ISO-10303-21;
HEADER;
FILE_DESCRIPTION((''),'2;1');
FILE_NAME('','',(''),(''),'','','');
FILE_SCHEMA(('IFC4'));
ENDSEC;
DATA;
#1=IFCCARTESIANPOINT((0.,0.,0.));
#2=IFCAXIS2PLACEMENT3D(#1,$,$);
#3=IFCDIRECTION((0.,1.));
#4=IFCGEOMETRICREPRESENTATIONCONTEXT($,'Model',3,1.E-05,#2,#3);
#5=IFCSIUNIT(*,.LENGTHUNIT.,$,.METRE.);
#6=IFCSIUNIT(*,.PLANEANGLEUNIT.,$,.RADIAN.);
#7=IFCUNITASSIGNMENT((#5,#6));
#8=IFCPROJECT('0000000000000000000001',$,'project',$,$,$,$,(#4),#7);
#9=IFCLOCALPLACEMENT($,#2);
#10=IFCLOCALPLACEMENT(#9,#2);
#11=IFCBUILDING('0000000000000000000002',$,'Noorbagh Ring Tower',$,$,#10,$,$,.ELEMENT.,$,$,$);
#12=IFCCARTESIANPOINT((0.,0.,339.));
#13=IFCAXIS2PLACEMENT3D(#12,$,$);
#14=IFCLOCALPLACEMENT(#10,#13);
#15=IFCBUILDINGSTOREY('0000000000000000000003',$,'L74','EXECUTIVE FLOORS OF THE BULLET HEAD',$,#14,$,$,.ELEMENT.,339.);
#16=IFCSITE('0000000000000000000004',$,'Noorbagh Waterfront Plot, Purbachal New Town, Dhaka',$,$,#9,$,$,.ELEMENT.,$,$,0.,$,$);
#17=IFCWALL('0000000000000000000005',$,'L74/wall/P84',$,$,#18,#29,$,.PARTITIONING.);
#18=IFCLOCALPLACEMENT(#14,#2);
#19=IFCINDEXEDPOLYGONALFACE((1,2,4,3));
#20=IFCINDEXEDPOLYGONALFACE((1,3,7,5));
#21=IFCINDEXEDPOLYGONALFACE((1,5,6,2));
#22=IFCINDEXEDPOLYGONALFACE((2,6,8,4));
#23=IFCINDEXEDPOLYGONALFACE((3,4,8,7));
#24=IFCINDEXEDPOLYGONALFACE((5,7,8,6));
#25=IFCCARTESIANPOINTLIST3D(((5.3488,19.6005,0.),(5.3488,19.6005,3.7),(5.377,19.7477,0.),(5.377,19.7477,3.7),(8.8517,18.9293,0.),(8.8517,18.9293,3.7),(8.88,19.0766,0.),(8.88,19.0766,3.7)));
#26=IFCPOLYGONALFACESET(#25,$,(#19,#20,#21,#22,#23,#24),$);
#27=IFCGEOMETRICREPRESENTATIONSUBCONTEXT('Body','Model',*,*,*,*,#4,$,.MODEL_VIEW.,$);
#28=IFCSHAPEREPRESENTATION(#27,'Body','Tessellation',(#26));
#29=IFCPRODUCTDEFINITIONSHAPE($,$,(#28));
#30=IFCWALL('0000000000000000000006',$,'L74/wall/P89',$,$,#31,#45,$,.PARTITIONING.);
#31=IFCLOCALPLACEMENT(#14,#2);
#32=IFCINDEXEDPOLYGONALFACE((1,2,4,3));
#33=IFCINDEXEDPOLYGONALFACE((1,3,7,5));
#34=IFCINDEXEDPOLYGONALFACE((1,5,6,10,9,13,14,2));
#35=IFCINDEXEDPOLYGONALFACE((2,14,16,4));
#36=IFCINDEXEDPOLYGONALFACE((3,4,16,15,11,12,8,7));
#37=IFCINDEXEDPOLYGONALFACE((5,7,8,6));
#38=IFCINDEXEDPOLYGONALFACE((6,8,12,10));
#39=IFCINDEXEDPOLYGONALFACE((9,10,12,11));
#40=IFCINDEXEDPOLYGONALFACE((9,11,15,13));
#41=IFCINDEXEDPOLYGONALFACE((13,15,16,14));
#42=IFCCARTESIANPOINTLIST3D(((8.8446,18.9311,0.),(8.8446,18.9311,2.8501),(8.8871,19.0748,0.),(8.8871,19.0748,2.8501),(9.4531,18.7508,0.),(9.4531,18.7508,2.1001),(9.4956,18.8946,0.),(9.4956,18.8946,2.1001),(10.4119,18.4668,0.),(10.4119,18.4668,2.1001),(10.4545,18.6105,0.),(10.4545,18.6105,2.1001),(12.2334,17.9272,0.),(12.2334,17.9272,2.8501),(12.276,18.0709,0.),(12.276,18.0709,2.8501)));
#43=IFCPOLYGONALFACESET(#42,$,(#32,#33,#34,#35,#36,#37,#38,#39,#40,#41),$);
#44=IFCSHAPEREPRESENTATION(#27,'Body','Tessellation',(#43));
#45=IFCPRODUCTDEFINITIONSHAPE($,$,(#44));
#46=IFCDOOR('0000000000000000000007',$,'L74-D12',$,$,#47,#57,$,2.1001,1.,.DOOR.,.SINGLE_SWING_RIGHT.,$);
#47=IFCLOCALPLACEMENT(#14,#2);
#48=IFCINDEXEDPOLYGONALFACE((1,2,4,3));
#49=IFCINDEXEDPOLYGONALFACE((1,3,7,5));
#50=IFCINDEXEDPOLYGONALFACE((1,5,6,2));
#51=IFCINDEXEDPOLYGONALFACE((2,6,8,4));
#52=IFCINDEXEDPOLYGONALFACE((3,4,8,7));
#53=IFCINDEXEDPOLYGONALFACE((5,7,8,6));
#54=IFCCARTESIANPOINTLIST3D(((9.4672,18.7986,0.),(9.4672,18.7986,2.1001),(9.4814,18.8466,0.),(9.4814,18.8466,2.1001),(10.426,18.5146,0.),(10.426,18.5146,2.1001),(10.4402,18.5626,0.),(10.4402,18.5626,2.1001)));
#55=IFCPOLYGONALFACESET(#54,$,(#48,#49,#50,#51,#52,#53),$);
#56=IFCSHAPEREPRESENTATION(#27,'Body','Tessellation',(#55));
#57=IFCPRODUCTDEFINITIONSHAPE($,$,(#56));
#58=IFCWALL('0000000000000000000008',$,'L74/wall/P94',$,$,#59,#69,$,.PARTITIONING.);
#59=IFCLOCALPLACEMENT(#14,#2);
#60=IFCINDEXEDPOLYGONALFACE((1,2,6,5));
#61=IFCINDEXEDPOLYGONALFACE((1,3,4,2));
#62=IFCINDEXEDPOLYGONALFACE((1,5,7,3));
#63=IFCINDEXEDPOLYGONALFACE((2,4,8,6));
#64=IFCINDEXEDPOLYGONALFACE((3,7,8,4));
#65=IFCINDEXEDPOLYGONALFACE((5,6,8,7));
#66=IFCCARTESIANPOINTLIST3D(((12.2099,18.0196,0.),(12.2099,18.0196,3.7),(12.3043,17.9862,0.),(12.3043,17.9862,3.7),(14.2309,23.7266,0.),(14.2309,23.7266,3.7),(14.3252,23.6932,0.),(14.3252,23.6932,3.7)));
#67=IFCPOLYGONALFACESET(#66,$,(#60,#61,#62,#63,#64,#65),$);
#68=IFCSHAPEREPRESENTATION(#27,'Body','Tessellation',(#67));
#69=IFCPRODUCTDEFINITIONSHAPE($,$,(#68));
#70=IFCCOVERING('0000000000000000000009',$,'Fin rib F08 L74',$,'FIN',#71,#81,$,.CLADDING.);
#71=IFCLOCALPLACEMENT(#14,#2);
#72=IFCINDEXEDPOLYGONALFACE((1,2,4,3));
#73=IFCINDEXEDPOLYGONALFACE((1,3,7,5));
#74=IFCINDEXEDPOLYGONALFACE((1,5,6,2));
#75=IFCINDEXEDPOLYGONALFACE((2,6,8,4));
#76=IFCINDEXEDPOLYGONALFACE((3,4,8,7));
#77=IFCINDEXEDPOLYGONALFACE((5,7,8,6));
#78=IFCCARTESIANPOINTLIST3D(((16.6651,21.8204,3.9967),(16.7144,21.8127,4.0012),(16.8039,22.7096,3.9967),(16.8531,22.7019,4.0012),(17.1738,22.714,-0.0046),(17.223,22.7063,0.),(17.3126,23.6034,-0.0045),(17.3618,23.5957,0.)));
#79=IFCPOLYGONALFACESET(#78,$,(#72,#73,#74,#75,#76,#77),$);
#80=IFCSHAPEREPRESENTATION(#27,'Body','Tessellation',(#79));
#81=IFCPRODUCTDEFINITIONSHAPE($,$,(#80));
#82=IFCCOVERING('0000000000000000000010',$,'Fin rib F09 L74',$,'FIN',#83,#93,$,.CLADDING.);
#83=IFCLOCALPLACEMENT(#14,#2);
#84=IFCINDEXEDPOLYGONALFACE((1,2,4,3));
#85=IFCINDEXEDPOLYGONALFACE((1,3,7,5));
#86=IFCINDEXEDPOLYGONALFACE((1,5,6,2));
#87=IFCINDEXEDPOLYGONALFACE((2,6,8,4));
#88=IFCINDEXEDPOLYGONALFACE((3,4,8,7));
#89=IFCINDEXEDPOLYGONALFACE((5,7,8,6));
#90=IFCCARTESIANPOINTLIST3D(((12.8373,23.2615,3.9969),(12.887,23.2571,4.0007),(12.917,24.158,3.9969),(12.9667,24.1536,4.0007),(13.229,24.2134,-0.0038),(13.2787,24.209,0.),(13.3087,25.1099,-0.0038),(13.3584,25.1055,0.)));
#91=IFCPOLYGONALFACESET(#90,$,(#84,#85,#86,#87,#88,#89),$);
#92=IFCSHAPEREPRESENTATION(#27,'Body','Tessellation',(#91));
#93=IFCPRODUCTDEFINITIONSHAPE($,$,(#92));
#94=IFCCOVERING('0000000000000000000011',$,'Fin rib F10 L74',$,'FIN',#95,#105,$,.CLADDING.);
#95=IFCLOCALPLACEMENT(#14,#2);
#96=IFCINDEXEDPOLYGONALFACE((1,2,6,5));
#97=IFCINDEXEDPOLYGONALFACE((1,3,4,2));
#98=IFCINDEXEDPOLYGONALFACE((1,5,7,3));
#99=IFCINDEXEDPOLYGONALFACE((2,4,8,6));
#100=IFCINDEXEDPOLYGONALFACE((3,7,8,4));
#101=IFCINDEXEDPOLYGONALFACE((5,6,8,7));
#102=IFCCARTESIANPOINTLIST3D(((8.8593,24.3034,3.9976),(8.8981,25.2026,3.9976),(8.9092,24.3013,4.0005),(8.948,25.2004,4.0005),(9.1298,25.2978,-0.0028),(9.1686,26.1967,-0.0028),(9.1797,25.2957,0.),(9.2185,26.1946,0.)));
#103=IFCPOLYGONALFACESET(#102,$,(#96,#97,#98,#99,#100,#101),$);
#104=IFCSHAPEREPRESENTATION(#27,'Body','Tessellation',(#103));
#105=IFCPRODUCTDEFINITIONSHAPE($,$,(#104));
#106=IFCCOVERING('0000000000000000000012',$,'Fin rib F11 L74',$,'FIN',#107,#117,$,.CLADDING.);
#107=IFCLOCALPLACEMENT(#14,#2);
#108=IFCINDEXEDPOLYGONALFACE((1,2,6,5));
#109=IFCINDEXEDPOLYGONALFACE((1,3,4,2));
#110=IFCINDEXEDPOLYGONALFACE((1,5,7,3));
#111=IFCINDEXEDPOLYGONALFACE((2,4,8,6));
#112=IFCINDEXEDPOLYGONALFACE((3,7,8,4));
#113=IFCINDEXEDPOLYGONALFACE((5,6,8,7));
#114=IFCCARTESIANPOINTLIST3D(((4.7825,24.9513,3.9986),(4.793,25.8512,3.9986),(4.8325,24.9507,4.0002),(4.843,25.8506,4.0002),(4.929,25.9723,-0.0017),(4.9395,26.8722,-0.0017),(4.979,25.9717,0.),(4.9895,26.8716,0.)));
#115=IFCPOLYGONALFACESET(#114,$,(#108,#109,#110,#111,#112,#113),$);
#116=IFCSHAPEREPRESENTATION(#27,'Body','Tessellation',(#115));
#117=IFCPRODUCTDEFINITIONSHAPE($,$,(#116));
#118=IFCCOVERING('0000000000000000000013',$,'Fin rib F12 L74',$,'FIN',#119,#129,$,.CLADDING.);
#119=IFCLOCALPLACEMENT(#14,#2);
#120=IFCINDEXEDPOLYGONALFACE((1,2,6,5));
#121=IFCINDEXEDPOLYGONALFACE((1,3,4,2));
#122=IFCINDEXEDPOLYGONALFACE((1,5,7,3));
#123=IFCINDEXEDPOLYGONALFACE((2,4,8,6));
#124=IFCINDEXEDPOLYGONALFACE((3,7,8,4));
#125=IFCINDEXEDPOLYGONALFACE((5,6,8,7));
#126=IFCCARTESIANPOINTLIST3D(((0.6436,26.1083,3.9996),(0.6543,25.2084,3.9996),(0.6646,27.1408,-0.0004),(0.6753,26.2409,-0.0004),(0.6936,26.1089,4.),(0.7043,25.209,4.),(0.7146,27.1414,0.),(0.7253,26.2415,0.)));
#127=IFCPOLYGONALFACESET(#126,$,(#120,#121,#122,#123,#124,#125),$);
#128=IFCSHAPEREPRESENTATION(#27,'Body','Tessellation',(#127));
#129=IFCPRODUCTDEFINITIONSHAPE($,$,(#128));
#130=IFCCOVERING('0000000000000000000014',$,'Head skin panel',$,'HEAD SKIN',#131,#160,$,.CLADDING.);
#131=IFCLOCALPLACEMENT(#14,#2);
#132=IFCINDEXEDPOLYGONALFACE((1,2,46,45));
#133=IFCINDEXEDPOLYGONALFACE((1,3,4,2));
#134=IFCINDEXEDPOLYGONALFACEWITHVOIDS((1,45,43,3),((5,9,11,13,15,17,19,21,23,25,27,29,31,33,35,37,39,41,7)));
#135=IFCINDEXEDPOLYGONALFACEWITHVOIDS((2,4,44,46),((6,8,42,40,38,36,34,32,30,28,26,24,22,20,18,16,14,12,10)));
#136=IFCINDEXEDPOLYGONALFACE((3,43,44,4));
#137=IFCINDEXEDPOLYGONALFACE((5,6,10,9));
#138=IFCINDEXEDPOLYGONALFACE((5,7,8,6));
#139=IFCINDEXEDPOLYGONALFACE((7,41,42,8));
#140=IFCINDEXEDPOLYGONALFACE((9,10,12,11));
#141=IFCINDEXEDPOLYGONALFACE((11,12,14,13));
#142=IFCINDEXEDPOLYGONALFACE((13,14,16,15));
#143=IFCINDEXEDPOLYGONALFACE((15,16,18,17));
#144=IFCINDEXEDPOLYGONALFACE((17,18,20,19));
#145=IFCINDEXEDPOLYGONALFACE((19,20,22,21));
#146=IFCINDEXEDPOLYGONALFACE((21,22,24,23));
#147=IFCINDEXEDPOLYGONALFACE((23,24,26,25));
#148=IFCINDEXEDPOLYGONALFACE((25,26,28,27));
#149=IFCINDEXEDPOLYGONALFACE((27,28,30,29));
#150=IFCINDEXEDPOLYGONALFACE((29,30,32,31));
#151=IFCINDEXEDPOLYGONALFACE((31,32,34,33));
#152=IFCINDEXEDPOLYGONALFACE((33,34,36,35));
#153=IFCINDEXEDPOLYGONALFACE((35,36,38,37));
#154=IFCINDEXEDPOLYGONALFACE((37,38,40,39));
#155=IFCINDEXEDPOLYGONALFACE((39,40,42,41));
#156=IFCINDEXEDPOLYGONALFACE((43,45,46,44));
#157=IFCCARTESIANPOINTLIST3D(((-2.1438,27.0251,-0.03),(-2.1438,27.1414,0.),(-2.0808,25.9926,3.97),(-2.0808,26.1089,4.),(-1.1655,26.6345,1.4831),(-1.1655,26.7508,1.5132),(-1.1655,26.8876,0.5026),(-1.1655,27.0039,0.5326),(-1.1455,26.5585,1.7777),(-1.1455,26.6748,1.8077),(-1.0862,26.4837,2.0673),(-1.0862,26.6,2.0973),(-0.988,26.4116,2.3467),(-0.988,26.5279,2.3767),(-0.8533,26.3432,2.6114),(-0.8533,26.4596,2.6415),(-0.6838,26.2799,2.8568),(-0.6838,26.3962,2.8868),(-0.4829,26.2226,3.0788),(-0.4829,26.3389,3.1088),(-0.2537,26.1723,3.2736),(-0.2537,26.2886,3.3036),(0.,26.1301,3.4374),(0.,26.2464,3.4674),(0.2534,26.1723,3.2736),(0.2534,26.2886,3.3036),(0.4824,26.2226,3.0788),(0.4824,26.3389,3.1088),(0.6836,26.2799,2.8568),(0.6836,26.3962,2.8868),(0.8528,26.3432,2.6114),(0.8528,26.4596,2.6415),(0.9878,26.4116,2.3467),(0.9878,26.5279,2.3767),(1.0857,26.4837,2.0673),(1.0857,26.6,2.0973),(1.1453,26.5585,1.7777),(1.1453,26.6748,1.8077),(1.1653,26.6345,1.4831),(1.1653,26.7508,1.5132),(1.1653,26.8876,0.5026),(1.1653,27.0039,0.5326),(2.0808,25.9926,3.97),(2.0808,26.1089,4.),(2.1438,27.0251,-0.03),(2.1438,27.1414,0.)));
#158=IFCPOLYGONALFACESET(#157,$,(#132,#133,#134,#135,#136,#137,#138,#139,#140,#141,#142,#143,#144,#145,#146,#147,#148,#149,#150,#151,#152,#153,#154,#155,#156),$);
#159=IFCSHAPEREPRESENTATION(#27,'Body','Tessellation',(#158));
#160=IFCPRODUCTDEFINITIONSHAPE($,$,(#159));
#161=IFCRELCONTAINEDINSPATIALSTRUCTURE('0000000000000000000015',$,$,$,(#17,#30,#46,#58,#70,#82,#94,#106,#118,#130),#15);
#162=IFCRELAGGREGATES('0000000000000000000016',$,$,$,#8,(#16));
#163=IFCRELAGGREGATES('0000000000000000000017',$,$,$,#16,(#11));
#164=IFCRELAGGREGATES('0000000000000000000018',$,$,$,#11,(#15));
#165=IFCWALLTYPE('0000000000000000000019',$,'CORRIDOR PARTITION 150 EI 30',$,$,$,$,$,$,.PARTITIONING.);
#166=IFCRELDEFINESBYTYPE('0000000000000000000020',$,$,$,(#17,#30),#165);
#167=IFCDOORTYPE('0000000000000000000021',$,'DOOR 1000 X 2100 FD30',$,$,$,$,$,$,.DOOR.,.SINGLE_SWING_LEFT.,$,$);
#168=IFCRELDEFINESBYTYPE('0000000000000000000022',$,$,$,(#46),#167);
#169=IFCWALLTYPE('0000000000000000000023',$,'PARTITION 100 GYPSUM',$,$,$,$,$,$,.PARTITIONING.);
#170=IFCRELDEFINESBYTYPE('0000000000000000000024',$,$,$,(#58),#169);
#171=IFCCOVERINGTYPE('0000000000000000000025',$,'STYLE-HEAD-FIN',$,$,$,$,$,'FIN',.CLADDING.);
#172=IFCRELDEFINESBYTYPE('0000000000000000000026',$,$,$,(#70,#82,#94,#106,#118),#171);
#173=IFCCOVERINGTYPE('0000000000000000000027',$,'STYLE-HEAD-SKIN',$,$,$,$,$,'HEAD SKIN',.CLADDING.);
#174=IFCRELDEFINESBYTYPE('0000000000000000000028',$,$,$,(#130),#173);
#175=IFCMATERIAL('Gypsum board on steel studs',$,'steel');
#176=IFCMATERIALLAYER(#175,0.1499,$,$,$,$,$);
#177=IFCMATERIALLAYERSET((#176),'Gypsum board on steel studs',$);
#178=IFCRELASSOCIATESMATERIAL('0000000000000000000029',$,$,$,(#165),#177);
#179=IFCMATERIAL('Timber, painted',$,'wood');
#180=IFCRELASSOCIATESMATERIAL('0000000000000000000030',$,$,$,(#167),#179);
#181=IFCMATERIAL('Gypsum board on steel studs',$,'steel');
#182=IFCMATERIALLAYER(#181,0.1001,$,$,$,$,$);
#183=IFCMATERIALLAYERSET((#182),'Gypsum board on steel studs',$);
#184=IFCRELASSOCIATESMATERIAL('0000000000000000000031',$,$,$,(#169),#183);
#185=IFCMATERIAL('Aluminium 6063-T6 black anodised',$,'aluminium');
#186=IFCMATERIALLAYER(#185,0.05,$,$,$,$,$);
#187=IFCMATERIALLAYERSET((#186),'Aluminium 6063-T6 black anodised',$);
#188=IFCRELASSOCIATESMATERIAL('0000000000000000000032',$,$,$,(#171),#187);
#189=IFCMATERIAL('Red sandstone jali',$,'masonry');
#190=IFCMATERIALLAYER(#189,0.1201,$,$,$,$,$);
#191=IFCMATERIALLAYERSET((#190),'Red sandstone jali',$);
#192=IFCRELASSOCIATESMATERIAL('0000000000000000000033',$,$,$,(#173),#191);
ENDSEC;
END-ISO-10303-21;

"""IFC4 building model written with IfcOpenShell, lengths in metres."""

from ifc_helpers import new_model, si_unit, direction, frame, frame_2d, origin, place, context, subcontext, project, spatial, polyline, rectangle, outline, extrude, material, layer, layer_set, type_object, element, fill, save


model = new_model("IFC4")

# Units and contexts
model_context = context("Model", 3, precision=1e-05, world=origin(), true_north=direction((0.0, 1.0)))
body_context = subcontext(model_context, "Body", "Model", "MODEL_VIEW")
ifc_project = project(units=[si_unit("LENGTHUNIT", "METRE"), si_unit("PLANEANGLEUNIT", "RADIAN")], contexts=[model_context])

# Site, building, storey
site_placement = place(None, origin())
site = spatial("IfcSite", under=ifc_project, at=site_placement, Name="Noorbagh Waterfront Plot, Purbachal New Town, Dhaka", CompositionType="ELEMENT", RefElevation=0.0)
building_placement = place(site_placement, origin())
building = spatial("IfcBuilding", under=site, at=building_placement, Name="Noorbagh Ring Tower", CompositionType="ELEMENT")
storey_placement = place(building_placement, frame((0.0, 0.0, 339.0)))
storey = spatial("IfcBuildingStorey", under=building, at=storey_placement, Name="L74", Description="EXECUTIVE FLOORS OF THE BULLET HEAD", CompositionType="ELEMENT", Elevation=339.0)

# Wall
ifc_material_1 = material(Name="Gypsum board on steel studs", Category="steel")
ifc_layer_1 = layer(ifc_material_1, 0.1499)
ifc_layer_set_1 = layer_set([ifc_layer_1], Name="Gypsum board on steel studs")
wall_type_1 = type_object("IfcWallType", Name="CORRIDOR PARTITION 150 EI 30", PredefinedType="PARTITIONING", material=ifc_layer_set_1)
wall_1_placement = place(storey_placement, frame((5.363, 19.6741, 0.0), z_axis=(0.0, 0.0, 1.0), x_axis=(0.982136, -0.188172, 0.0)))
element("IfcWall", 1, at=wall_1_placement, inside=storey, type_object=wall_type_1, Name="L74/wall/P84", PredefinedType="PARTITIONING", context=body_context, shape_type="SweptSolid", body=[
    extrude(rectangle(XDim=3.5667, YDim=0.1499, at=frame_2d((1.7832, 0.0))), origin(), (0.0, 0.0, 1.0), 3.7),
])

# Wall, opening, door
wall_2_placement = place(storey_placement, frame((8.866, 19.0029, 0.0), z_axis=(0.0, 0.0, 1.0), x_axis=(0.958815, -0.284032, 0.0)))
wall_2 = element("IfcWall", 2, at=wall_2_placement, inside=storey, type_object=wall_type_1, Name="L74/wall/P89", PredefinedType="PARTITIONING", context=body_context, shape_type="SweptSolid", body=[
    extrude(rectangle(XDim=3.5344, YDim=0.1499, at=frame_2d((1.7671, 0.0))), origin(), (0.0, 0.0, 1.0), 2.8501),
])
opening_placement = place(wall_2_placement, frame((0.6345, 0.0, 0.0)))
opening = element("IfcOpeningElement", 3, at=opening_placement, cuts=wall_2, PredefinedType="OPENING", context=body_context, shape_type="SweptSolid", body=[
    extrude(rectangle(XDim=1.0, YDim=2.1001, at=frame_2d((0.5, 1.05))), frame((0.0, 0.085, 0.0), z_axis=(0.0, -1.0, 0.0), x_axis=(1.0, 0.0, 0.0)), (0.0, 0.0, 1.0), 0.1699),
])
ifc_material_2 = material(Name="Timber, painted", Category="wood")
door_type = type_object("IfcDoorType", Name="DOOR 1000 X 2100 FD30", OperationType="SINGLE_SWING_LEFT", PredefinedType="DOOR", material=ifc_material_2)
door_placement = place(opening_placement, origin())
door = element("IfcDoor", 4, at=door_placement, inside=storey, type_object=door_type, Name="L74-D12", OperationType="SINGLE_SWING_RIGHT", OverallHeight=2.1001, OverallWidth=1.0, PredefinedType="DOOR", context=body_context, shape_type="SweptSolid", body=[
    extrude(rectangle(XDim=1.0, YDim=2.1001, at=frame_2d((0.5, 1.05))), frame((0.0, 0.0249, 0.0), z_axis=(0.0, -1.0, 0.0), x_axis=(1.0, 0.0, 0.0)), (0.0, 0.0, 1.0), 0.05),
])
fill(opening, door)

# Wall
ifc_material_3 = material(Name="Gypsum board on steel studs", Category="steel")
ifc_layer_2 = layer(ifc_material_3, 0.1001)
ifc_layer_set_2 = layer_set([ifc_layer_2], Name="Gypsum board on steel studs")
wall_type_2 = type_object("IfcWallType", Name="PARTITION 100 GYPSUM", PredefinedType="PARTITIONING", material=ifc_layer_set_2)
wall_3_placement = place(storey_placement, frame((12.2571, 18.0029, 0.0), z_axis=(0.0, 0.0, 1.0), x_axis=(0.333811, 0.94264, 0.0)))
element("IfcWall", 5, at=wall_3_placement, inside=storey, type_object=wall_type_2, Name="L74/wall/P94", PredefinedType="PARTITIONING", context=body_context, shape_type="SweptSolid", body=[
    extrude(rectangle(XDim=6.0542, YDim=0.1001, at=frame_2d((3.0271, 0.0))), origin(), (0.0, 0.0, 1.0), 3.7),
])

# Coverings
ifc_material_4 = material(Name="Aluminium 6063-T6 black anodised", Category="aluminium")
ifc_layer_3 = layer(ifc_material_4, 0.05)
ifc_layer_set_3 = layer_set([ifc_layer_3], Name="Aluminium 6063-T6 black anodised")
covering_type_1 = type_object("IfcCoveringType", Name="STYLE-HEAD-FIN", ElementType="FIN", PredefinedType="CLADDING", material=ifc_layer_set_3)
covering_1_placement = place(storey_placement, frame((17.3618, 23.5957, 0.0), z_axis=(0.983958, -0.15357, 0.090788), x_axis=(-0.12313, -0.216345, 0.968521)))
element("IfcCovering", 6, at=covering_1_placement, inside=storey, type_object=covering_type_1, Name="Fin rib F08 L74", ObjectType="FIN", PredefinedType="CLADDING", context=body_context, shape_type="SweptSolid", body=[
    extrude(outline(polyline([(0.0, 0.0), (4.1313, 0.0), (4.3407, 0.8752), (0.2095, 0.8754), (0.0, 0.0)])), origin(), (0.0, 0.0, -1.0), 0.05),
])
covering_2_placement = place(storey_placement, frame((13.3584, 25.1055, 0.0), z_axis=(0.993172, -0.088309, 0.076233), x_axis=(-0.094824, -0.230426, 0.968459)))
element("IfcCovering", 7, at=covering_2_placement, inside=storey, type_object=covering_type_1, Name="Fin rib F09 L74", ObjectType="FIN", PredefinedType="CLADDING", context=body_context, shape_type="SweptSolid", body=[
    extrude(outline(polyline([(0.0, 0.0), (4.131, 0.0), (4.3452, 0.8742), (0.2141, 0.8742), (0.0, 0.0)])), origin(), (0.0, 0.0, -1.0), 0.05),
])
covering_3_placement = place(storey_placement, frame((9.2185, 26.1946, 0.0), z_axis=(0.997459, -0.043067, 0.056743), x_axis=(-0.065481, -0.240652, 0.9684)))
element("IfcCovering", 8, at=covering_3_placement, inside=storey, type_object=covering_type_1, Name="Fin rib F10 L74", ObjectType="FIN", PredefinedType="CLADDING", context=body_context, shape_type="SweptSolid", body=[
    extrude(outline(polyline([(0.0, 0.0), (4.131, 0.0), (4.35, 0.873), (0.2189, 0.8727), (0.0, 0.0)])), origin(), (0.0, 0.0, -1.0), 0.05),
])
covering_4_placement = place(storey_placement, frame((4.9895, 26.8716, 0.0), z_axis=(0.999367, -0.011658, 0.03362), x_axis=(-0.035459, -0.24715, 0.968328)))
element("IfcCovering", 9, at=covering_4_placement, inside=storey, type_object=covering_type_1, Name="Fin rib F11 L74", ObjectType="FIN", PredefinedType="CLADDING", context=body_context, shape_type="SweptSolid", body=[
    extrude(outline(polyline([(0.0, 0.0), (4.1311, 0.0), (4.3539, 0.872), (0.2228, 0.872), (0.0, 0.0)])), origin(), (0.0, 0.0, -1.0), 0.05),
])
covering_5_placement = place(storey_placement, frame((0.7146, 27.1414, 0.0), z_axis=(0.999894, 0.011936, 0.008329), x_axis=(-0.005082, -0.249923, 0.968252)))
element("IfcCovering", 10, at=covering_5_placement, inside=storey, type_object=covering_type_1, Name="Fin rib F12 L74", ObjectType="FIN", PredefinedType="CLADDING", context=body_context, shape_type="SweptSolid", body=[
    extrude(outline(polyline([(0.0, 0.0), (4.1312, 0.0), (4.356, 0.8714), (0.2249, 0.8714), (0.0, 0.0)])), origin(), (0.0, 0.0, -1.0), 0.05),
])
ifc_material_5 = material(Name="Red sandstone jali", Category="masonry")
ifc_layer_4 = layer(ifc_material_5, 0.1201)
ifc_layer_set_4 = layer_set([ifc_layer_4], Name="Red sandstone jali")
covering_type_2 = type_object("IfcCoveringType", Name="STYLE-HEAD-SKIN", ElementType="HEAD SKIN", PredefinedType="CLADDING", material=ifc_layer_set_4)
covering_6_placement = place(storey_placement, frame((2.1438, 27.1414, 0.0), z_axis=(0.0, 0.968265, 0.249926), x_axis=(-1.0, 0.0, 0.0)))
element("IfcCovering", 11, at=covering_6_placement, inside=storey, type_object=covering_type_2, Name="Head skin panel", ObjectType="HEAD SKIN", PredefinedType="CLADDING", context=body_context, shape_type="SweptSolid", body=[
    extrude(outline(polyline([(0.0, 0.0), (4.2876, 0.0), (4.2246, 4.1311), (0.063, 4.1311), (0.0, 0.0)]), holes=[polyline([(0.9785, 0.55), (0.9785, 1.5627), (0.9985, 1.8669), (1.0581, 2.166), (1.156, 2.4546), (1.291, 2.728), (1.4602, 2.9814), (1.6614, 3.2107), (1.8904, 3.4119), (2.1438, 3.5811), (2.3975, 3.4119), (2.6267, 3.2107), (2.8276, 2.9814), (2.9971, 2.728), (3.1318, 2.4546), (3.23, 2.166), (3.2893, 1.8669), (3.3093, 1.5627), (3.3093, 0.55), (0.9785, 0.55)])]), origin(), (0.0, 0.0, -1.0), 0.1201),
])

save(model, "model.ifc")
